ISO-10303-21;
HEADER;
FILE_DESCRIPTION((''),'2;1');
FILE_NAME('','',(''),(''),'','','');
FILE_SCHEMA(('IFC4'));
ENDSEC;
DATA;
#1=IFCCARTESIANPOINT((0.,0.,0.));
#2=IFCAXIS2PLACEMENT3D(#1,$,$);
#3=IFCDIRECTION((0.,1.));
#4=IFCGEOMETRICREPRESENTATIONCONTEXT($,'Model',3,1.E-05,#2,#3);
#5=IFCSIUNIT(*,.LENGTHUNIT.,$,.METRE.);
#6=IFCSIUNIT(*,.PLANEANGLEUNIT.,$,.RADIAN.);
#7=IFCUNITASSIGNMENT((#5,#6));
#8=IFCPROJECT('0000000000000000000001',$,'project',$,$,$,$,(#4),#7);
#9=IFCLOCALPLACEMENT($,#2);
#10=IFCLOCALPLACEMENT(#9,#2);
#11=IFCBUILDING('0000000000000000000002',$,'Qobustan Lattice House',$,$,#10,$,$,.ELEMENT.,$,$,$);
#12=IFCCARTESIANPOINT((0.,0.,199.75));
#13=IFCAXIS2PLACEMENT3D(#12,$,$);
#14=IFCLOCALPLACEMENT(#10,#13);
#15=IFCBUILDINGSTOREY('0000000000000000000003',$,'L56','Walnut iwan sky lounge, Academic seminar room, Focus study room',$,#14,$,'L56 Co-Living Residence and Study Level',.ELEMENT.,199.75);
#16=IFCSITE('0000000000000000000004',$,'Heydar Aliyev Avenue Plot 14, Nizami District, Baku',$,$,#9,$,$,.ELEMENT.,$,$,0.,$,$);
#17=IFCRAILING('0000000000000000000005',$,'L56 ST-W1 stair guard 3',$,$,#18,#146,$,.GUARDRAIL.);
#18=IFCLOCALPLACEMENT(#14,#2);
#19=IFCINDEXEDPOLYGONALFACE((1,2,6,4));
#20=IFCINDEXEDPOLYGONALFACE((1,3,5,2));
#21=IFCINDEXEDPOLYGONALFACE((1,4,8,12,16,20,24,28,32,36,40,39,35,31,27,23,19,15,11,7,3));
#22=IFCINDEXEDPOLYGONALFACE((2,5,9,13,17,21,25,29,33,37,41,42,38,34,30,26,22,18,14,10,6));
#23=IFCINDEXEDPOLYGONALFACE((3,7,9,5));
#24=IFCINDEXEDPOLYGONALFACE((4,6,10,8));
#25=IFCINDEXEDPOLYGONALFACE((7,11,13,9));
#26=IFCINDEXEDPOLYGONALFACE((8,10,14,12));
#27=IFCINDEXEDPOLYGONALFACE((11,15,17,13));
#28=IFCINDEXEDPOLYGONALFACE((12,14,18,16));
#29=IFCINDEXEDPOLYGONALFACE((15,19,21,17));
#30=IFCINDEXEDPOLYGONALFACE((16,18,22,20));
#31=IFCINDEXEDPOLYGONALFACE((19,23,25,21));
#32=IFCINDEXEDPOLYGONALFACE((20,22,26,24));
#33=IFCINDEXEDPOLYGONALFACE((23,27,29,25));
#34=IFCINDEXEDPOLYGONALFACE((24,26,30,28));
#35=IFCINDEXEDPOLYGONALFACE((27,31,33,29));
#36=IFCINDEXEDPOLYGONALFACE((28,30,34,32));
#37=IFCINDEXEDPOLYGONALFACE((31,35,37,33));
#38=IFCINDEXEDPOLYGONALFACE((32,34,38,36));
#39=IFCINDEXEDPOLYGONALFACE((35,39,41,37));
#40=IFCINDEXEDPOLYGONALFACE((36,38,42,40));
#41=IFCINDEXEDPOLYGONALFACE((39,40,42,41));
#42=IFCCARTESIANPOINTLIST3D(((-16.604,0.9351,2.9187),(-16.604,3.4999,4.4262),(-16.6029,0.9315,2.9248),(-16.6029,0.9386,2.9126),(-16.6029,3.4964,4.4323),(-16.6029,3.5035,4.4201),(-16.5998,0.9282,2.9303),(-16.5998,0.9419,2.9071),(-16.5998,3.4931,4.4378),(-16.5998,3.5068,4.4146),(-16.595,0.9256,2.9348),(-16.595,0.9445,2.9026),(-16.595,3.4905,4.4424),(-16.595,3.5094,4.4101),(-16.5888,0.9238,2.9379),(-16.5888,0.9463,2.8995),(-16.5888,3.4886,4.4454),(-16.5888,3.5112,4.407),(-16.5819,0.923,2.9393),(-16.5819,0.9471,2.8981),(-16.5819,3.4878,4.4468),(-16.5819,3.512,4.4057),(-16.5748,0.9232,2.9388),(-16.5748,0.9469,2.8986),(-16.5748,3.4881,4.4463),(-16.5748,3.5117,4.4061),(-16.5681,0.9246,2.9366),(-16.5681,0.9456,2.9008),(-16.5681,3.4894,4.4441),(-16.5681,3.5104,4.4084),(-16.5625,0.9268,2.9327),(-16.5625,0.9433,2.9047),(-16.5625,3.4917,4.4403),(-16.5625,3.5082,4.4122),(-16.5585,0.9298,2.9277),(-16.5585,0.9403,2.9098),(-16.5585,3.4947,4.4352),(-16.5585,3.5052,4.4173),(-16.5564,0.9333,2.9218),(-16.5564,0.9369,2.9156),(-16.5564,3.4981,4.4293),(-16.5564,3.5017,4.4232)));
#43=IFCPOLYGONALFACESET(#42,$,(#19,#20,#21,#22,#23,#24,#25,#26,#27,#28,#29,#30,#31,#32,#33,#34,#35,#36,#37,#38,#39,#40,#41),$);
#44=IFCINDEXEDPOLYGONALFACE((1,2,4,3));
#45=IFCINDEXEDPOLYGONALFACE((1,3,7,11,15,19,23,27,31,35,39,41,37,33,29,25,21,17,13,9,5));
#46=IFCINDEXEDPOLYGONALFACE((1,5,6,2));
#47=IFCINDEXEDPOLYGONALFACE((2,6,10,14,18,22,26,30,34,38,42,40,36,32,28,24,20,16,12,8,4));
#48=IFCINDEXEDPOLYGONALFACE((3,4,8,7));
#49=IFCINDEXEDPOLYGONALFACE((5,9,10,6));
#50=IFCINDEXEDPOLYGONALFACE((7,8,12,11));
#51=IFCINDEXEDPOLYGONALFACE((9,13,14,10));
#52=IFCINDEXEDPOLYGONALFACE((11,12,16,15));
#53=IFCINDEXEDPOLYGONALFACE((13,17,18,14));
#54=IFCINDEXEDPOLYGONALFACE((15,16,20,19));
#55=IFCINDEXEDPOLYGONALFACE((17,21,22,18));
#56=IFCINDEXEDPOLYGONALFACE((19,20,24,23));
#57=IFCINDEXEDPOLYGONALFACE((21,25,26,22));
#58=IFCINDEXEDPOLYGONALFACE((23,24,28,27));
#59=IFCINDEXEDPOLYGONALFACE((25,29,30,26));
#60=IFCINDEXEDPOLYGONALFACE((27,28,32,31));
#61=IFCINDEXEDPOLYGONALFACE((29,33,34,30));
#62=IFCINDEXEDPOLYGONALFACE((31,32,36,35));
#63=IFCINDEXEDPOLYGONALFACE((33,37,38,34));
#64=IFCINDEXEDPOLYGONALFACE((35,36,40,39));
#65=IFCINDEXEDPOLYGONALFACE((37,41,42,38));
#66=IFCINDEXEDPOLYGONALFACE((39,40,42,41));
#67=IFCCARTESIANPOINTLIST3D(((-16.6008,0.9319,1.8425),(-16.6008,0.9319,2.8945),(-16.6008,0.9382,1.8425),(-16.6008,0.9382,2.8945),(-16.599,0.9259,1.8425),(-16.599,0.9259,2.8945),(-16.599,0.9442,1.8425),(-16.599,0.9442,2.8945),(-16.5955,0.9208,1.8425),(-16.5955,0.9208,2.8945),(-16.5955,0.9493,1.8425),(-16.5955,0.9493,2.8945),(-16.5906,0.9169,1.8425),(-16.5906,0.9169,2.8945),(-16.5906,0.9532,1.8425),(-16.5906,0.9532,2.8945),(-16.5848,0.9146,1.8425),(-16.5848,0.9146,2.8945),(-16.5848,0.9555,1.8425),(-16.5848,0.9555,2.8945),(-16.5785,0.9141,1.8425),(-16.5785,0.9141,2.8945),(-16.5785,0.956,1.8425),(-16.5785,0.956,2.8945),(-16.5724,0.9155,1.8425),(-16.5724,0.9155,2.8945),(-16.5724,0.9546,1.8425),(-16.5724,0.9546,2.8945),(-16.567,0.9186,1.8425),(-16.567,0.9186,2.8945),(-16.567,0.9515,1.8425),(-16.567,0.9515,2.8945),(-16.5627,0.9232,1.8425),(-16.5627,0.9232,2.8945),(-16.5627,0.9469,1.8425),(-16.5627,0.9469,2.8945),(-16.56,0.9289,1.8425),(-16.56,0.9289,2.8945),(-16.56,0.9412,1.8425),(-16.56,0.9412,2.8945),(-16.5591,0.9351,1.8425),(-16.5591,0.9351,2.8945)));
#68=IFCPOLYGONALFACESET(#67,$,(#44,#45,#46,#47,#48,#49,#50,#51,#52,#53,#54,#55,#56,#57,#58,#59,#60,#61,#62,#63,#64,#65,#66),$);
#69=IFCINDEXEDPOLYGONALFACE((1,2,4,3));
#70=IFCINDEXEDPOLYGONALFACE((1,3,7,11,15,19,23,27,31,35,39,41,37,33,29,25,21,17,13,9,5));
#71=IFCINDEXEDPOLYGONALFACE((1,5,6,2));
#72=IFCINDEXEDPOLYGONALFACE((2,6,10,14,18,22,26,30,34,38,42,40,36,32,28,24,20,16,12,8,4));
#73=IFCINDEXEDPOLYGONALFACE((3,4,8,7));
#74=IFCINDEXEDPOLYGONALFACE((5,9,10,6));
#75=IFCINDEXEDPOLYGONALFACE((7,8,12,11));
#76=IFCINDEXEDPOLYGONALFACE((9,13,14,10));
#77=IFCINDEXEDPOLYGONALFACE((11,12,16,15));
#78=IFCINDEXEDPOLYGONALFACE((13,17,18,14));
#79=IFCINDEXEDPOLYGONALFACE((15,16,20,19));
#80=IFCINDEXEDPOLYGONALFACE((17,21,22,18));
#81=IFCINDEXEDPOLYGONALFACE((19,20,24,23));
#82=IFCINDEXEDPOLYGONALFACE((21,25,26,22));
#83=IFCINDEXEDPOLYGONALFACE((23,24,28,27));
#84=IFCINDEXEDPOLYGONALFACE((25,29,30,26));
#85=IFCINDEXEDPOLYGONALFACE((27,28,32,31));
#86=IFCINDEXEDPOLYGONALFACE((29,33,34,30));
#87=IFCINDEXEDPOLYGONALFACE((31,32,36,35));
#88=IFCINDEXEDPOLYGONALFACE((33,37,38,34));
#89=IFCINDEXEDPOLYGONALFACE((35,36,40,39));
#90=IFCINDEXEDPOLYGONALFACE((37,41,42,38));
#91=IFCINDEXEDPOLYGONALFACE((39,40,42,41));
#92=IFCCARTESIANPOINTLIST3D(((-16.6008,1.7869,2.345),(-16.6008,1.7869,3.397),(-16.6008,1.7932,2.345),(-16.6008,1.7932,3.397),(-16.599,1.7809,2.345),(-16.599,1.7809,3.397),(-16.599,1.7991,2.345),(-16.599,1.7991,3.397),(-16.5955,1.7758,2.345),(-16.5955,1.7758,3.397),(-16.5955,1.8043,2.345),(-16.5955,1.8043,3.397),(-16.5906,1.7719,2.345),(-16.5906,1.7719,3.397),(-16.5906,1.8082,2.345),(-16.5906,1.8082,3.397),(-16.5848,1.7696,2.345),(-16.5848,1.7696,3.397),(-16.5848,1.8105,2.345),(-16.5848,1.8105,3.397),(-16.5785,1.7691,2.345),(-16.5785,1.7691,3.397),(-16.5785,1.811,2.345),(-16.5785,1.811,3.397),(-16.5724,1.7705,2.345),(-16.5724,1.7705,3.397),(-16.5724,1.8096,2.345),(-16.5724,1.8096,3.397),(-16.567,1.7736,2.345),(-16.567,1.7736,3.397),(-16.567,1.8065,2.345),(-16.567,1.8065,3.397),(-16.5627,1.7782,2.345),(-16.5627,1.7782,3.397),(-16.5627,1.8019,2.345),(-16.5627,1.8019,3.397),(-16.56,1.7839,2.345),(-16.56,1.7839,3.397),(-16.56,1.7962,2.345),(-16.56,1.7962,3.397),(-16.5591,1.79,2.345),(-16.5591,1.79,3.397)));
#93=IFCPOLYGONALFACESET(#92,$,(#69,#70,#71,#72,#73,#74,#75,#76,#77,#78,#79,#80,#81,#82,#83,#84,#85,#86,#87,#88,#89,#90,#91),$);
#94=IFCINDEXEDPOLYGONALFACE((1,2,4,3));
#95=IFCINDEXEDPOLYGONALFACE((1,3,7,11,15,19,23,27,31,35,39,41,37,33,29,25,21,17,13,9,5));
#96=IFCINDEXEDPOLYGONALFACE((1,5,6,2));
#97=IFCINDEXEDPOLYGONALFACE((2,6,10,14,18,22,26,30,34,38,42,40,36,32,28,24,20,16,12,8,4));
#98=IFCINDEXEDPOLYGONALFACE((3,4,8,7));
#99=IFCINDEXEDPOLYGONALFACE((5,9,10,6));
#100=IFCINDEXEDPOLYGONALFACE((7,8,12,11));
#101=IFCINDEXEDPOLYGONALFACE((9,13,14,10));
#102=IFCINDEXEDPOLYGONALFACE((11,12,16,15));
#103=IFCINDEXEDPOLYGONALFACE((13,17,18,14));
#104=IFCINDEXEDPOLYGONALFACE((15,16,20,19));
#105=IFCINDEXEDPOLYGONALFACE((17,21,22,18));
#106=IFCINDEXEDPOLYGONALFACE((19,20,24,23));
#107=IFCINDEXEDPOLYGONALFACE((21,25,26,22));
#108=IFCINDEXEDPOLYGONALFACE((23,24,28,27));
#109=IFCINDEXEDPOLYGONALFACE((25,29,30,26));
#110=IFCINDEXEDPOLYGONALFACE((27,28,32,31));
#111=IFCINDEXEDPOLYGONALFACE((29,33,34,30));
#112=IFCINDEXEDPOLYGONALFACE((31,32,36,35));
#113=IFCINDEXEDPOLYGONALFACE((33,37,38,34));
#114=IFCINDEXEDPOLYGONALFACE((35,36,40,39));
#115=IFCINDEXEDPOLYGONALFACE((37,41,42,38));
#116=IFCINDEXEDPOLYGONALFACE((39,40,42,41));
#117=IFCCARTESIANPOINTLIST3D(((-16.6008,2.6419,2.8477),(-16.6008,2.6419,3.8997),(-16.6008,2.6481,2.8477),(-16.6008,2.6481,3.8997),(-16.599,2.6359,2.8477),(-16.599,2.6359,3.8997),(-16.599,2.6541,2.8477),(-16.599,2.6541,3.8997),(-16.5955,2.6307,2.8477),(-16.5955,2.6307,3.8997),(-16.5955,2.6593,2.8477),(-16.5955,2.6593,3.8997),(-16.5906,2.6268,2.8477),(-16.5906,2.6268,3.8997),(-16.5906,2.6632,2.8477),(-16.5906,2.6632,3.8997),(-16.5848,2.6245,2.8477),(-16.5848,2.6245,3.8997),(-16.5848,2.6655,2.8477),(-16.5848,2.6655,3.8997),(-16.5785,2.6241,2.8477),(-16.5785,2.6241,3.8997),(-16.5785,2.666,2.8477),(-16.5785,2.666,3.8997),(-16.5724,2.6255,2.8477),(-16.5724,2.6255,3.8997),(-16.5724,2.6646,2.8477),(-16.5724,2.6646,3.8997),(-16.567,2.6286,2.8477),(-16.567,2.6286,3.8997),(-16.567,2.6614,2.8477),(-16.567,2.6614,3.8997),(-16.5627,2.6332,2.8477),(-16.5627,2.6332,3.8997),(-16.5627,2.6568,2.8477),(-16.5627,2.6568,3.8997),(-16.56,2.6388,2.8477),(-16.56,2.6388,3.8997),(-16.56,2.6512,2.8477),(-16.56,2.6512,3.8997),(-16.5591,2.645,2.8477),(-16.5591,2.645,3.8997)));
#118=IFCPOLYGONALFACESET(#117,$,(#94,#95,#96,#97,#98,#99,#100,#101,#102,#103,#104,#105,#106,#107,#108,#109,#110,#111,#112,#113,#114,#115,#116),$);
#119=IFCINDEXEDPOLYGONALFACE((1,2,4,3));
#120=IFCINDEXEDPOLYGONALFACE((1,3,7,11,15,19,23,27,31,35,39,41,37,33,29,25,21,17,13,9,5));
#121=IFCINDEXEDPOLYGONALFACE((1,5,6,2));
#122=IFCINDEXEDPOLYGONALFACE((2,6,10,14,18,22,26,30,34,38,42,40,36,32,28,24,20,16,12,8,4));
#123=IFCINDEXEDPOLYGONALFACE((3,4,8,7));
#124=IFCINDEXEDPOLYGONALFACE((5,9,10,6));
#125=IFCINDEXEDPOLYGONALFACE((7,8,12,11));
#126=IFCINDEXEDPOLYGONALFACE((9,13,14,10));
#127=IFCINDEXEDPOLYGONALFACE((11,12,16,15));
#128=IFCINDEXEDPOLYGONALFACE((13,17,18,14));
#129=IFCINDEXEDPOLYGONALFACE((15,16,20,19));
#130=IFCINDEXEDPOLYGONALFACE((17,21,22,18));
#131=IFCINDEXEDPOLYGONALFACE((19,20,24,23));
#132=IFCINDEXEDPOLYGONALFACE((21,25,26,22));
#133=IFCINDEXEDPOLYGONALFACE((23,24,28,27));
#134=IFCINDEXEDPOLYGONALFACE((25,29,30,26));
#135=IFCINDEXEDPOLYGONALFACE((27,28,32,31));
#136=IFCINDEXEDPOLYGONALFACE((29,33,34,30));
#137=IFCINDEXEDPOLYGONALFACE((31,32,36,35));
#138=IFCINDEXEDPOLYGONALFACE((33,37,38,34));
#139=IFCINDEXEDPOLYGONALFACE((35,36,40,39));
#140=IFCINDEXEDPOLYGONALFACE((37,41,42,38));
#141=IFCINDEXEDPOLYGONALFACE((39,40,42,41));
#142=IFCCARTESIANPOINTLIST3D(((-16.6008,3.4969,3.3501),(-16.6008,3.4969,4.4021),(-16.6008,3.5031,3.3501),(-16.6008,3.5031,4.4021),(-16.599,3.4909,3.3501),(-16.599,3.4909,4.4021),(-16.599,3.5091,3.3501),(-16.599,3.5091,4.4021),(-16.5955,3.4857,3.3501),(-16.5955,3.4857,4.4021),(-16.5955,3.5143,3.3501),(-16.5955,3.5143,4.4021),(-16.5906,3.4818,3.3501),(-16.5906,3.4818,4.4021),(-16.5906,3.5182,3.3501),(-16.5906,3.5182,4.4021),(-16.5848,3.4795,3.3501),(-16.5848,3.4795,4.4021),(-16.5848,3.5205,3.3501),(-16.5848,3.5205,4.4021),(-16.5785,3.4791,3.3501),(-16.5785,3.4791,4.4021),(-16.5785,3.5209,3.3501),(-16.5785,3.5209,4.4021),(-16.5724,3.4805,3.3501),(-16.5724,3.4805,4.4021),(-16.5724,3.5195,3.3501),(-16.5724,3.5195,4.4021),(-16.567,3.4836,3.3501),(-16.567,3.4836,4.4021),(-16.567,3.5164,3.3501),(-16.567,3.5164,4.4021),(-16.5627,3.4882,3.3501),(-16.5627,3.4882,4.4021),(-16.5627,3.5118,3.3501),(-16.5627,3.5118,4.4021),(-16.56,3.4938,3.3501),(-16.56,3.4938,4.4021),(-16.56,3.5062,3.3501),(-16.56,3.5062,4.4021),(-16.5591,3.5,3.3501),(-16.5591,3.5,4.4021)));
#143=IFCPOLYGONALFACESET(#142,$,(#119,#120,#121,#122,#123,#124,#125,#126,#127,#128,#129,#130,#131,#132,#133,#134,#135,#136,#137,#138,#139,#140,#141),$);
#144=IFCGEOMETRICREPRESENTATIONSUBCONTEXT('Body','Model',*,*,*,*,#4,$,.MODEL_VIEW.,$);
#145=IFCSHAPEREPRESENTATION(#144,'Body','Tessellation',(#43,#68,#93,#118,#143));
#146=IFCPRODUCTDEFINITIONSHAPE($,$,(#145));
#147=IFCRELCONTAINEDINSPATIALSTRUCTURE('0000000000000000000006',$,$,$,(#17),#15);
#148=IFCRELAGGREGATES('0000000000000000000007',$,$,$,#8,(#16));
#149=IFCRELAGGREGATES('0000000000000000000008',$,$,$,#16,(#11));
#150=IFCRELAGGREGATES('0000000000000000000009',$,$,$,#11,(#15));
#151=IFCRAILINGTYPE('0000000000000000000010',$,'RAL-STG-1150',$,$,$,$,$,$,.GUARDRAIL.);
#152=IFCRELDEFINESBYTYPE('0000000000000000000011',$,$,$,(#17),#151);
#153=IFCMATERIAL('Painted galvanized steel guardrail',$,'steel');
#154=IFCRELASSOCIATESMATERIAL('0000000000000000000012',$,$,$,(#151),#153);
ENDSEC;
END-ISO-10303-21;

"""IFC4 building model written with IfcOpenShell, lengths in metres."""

from ifc_helpers import new_model, si_unit, direction, frame, origin, origin_2d, place, context, subcontext, project, spatial, circle, extrude, material, type_object, element, save


model = new_model("IFC4")

# Units and contexts
model_context = context("Model", 3, precision=1e-05, world=origin(), true_north=direction((0.0, 1.0)))
body_context = subcontext(model_context, "Body", "Model", "MODEL_VIEW")
ifc_project = project(units=[si_unit("LENGTHUNIT", "METRE"), si_unit("PLANEANGLEUNIT", "RADIAN")], contexts=[model_context])

# Site, building, storey
site_placement = place(None, origin())
site = spatial("IfcSite", under=ifc_project, at=site_placement, Name="Heydar Aliyev Avenue Plot 14, Nizami District, Baku", CompositionType="ELEMENT", RefElevation=0.0)
building_placement = place(site_placement, origin())
building = spatial("IfcBuilding", under=site, at=building_placement, Name="Qobustan Lattice House", CompositionType="ELEMENT")
storey_placement = place(building_placement, frame((0.0, 0.0, 199.75)))
storey = spatial("IfcBuildingStorey", under=building, at=storey_placement, Name="L56", Description="Walnut iwan sky lounge, Academic seminar room, Focus study room", LongName="L56 Co-Living Residence and Study Level", CompositionType="ELEMENT", Elevation=199.75)

# Railing
ifc_material_1 = material(Name="Painted galvanized steel guardrail", Category="steel")
railing_type_1 = type_object("IfcRailingType", Name="RAL-STG-1150", PredefinedType="GUARDRAIL", material=ifc_material_1)
railing_1_placement = place(storey_placement, frame((-16.5801, 0.9351, 1.8425)))
element("IfcRailing", 1, at=railing_1_placement, inside=storey, type_object=railing_type_1, Name="L56 ST-W1 stair guard 3", PredefinedType="GUARDRAIL", context=body_context, shape_type="SweptSolid", body=[
    extrude(circle(Radius=0.0239, at=origin_2d()), frame((0.0, 0.0, 1.0762), z_axis=(0.0, 0.862113, 0.506715), x_axis=(-1.0, 0.0, 0.0)), (0.0, 0.0, 1.0), 2.9751),
    extrude(circle(Radius=0.021, at=origin_2d()), origin(), (0.0, 0.0, 1.0), 1.052),
    extrude(circle(Radius=0.021, at=origin_2d()), frame((0.0, 0.855, 0.5024)), (0.0, 0.0, 1.0), 1.052),
    extrude(circle(Radius=0.021, at=origin_2d()), frame((0.0, 1.71, 1.0051)), (0.0, 0.0, 1.0), 1.052),
    extrude(circle(Radius=0.021, at=origin_2d()), frame((0.0, 2.5649, 1.5076)), (0.0, 0.0, 1.0), 1.052),
])

save(model, "model.ifc")
